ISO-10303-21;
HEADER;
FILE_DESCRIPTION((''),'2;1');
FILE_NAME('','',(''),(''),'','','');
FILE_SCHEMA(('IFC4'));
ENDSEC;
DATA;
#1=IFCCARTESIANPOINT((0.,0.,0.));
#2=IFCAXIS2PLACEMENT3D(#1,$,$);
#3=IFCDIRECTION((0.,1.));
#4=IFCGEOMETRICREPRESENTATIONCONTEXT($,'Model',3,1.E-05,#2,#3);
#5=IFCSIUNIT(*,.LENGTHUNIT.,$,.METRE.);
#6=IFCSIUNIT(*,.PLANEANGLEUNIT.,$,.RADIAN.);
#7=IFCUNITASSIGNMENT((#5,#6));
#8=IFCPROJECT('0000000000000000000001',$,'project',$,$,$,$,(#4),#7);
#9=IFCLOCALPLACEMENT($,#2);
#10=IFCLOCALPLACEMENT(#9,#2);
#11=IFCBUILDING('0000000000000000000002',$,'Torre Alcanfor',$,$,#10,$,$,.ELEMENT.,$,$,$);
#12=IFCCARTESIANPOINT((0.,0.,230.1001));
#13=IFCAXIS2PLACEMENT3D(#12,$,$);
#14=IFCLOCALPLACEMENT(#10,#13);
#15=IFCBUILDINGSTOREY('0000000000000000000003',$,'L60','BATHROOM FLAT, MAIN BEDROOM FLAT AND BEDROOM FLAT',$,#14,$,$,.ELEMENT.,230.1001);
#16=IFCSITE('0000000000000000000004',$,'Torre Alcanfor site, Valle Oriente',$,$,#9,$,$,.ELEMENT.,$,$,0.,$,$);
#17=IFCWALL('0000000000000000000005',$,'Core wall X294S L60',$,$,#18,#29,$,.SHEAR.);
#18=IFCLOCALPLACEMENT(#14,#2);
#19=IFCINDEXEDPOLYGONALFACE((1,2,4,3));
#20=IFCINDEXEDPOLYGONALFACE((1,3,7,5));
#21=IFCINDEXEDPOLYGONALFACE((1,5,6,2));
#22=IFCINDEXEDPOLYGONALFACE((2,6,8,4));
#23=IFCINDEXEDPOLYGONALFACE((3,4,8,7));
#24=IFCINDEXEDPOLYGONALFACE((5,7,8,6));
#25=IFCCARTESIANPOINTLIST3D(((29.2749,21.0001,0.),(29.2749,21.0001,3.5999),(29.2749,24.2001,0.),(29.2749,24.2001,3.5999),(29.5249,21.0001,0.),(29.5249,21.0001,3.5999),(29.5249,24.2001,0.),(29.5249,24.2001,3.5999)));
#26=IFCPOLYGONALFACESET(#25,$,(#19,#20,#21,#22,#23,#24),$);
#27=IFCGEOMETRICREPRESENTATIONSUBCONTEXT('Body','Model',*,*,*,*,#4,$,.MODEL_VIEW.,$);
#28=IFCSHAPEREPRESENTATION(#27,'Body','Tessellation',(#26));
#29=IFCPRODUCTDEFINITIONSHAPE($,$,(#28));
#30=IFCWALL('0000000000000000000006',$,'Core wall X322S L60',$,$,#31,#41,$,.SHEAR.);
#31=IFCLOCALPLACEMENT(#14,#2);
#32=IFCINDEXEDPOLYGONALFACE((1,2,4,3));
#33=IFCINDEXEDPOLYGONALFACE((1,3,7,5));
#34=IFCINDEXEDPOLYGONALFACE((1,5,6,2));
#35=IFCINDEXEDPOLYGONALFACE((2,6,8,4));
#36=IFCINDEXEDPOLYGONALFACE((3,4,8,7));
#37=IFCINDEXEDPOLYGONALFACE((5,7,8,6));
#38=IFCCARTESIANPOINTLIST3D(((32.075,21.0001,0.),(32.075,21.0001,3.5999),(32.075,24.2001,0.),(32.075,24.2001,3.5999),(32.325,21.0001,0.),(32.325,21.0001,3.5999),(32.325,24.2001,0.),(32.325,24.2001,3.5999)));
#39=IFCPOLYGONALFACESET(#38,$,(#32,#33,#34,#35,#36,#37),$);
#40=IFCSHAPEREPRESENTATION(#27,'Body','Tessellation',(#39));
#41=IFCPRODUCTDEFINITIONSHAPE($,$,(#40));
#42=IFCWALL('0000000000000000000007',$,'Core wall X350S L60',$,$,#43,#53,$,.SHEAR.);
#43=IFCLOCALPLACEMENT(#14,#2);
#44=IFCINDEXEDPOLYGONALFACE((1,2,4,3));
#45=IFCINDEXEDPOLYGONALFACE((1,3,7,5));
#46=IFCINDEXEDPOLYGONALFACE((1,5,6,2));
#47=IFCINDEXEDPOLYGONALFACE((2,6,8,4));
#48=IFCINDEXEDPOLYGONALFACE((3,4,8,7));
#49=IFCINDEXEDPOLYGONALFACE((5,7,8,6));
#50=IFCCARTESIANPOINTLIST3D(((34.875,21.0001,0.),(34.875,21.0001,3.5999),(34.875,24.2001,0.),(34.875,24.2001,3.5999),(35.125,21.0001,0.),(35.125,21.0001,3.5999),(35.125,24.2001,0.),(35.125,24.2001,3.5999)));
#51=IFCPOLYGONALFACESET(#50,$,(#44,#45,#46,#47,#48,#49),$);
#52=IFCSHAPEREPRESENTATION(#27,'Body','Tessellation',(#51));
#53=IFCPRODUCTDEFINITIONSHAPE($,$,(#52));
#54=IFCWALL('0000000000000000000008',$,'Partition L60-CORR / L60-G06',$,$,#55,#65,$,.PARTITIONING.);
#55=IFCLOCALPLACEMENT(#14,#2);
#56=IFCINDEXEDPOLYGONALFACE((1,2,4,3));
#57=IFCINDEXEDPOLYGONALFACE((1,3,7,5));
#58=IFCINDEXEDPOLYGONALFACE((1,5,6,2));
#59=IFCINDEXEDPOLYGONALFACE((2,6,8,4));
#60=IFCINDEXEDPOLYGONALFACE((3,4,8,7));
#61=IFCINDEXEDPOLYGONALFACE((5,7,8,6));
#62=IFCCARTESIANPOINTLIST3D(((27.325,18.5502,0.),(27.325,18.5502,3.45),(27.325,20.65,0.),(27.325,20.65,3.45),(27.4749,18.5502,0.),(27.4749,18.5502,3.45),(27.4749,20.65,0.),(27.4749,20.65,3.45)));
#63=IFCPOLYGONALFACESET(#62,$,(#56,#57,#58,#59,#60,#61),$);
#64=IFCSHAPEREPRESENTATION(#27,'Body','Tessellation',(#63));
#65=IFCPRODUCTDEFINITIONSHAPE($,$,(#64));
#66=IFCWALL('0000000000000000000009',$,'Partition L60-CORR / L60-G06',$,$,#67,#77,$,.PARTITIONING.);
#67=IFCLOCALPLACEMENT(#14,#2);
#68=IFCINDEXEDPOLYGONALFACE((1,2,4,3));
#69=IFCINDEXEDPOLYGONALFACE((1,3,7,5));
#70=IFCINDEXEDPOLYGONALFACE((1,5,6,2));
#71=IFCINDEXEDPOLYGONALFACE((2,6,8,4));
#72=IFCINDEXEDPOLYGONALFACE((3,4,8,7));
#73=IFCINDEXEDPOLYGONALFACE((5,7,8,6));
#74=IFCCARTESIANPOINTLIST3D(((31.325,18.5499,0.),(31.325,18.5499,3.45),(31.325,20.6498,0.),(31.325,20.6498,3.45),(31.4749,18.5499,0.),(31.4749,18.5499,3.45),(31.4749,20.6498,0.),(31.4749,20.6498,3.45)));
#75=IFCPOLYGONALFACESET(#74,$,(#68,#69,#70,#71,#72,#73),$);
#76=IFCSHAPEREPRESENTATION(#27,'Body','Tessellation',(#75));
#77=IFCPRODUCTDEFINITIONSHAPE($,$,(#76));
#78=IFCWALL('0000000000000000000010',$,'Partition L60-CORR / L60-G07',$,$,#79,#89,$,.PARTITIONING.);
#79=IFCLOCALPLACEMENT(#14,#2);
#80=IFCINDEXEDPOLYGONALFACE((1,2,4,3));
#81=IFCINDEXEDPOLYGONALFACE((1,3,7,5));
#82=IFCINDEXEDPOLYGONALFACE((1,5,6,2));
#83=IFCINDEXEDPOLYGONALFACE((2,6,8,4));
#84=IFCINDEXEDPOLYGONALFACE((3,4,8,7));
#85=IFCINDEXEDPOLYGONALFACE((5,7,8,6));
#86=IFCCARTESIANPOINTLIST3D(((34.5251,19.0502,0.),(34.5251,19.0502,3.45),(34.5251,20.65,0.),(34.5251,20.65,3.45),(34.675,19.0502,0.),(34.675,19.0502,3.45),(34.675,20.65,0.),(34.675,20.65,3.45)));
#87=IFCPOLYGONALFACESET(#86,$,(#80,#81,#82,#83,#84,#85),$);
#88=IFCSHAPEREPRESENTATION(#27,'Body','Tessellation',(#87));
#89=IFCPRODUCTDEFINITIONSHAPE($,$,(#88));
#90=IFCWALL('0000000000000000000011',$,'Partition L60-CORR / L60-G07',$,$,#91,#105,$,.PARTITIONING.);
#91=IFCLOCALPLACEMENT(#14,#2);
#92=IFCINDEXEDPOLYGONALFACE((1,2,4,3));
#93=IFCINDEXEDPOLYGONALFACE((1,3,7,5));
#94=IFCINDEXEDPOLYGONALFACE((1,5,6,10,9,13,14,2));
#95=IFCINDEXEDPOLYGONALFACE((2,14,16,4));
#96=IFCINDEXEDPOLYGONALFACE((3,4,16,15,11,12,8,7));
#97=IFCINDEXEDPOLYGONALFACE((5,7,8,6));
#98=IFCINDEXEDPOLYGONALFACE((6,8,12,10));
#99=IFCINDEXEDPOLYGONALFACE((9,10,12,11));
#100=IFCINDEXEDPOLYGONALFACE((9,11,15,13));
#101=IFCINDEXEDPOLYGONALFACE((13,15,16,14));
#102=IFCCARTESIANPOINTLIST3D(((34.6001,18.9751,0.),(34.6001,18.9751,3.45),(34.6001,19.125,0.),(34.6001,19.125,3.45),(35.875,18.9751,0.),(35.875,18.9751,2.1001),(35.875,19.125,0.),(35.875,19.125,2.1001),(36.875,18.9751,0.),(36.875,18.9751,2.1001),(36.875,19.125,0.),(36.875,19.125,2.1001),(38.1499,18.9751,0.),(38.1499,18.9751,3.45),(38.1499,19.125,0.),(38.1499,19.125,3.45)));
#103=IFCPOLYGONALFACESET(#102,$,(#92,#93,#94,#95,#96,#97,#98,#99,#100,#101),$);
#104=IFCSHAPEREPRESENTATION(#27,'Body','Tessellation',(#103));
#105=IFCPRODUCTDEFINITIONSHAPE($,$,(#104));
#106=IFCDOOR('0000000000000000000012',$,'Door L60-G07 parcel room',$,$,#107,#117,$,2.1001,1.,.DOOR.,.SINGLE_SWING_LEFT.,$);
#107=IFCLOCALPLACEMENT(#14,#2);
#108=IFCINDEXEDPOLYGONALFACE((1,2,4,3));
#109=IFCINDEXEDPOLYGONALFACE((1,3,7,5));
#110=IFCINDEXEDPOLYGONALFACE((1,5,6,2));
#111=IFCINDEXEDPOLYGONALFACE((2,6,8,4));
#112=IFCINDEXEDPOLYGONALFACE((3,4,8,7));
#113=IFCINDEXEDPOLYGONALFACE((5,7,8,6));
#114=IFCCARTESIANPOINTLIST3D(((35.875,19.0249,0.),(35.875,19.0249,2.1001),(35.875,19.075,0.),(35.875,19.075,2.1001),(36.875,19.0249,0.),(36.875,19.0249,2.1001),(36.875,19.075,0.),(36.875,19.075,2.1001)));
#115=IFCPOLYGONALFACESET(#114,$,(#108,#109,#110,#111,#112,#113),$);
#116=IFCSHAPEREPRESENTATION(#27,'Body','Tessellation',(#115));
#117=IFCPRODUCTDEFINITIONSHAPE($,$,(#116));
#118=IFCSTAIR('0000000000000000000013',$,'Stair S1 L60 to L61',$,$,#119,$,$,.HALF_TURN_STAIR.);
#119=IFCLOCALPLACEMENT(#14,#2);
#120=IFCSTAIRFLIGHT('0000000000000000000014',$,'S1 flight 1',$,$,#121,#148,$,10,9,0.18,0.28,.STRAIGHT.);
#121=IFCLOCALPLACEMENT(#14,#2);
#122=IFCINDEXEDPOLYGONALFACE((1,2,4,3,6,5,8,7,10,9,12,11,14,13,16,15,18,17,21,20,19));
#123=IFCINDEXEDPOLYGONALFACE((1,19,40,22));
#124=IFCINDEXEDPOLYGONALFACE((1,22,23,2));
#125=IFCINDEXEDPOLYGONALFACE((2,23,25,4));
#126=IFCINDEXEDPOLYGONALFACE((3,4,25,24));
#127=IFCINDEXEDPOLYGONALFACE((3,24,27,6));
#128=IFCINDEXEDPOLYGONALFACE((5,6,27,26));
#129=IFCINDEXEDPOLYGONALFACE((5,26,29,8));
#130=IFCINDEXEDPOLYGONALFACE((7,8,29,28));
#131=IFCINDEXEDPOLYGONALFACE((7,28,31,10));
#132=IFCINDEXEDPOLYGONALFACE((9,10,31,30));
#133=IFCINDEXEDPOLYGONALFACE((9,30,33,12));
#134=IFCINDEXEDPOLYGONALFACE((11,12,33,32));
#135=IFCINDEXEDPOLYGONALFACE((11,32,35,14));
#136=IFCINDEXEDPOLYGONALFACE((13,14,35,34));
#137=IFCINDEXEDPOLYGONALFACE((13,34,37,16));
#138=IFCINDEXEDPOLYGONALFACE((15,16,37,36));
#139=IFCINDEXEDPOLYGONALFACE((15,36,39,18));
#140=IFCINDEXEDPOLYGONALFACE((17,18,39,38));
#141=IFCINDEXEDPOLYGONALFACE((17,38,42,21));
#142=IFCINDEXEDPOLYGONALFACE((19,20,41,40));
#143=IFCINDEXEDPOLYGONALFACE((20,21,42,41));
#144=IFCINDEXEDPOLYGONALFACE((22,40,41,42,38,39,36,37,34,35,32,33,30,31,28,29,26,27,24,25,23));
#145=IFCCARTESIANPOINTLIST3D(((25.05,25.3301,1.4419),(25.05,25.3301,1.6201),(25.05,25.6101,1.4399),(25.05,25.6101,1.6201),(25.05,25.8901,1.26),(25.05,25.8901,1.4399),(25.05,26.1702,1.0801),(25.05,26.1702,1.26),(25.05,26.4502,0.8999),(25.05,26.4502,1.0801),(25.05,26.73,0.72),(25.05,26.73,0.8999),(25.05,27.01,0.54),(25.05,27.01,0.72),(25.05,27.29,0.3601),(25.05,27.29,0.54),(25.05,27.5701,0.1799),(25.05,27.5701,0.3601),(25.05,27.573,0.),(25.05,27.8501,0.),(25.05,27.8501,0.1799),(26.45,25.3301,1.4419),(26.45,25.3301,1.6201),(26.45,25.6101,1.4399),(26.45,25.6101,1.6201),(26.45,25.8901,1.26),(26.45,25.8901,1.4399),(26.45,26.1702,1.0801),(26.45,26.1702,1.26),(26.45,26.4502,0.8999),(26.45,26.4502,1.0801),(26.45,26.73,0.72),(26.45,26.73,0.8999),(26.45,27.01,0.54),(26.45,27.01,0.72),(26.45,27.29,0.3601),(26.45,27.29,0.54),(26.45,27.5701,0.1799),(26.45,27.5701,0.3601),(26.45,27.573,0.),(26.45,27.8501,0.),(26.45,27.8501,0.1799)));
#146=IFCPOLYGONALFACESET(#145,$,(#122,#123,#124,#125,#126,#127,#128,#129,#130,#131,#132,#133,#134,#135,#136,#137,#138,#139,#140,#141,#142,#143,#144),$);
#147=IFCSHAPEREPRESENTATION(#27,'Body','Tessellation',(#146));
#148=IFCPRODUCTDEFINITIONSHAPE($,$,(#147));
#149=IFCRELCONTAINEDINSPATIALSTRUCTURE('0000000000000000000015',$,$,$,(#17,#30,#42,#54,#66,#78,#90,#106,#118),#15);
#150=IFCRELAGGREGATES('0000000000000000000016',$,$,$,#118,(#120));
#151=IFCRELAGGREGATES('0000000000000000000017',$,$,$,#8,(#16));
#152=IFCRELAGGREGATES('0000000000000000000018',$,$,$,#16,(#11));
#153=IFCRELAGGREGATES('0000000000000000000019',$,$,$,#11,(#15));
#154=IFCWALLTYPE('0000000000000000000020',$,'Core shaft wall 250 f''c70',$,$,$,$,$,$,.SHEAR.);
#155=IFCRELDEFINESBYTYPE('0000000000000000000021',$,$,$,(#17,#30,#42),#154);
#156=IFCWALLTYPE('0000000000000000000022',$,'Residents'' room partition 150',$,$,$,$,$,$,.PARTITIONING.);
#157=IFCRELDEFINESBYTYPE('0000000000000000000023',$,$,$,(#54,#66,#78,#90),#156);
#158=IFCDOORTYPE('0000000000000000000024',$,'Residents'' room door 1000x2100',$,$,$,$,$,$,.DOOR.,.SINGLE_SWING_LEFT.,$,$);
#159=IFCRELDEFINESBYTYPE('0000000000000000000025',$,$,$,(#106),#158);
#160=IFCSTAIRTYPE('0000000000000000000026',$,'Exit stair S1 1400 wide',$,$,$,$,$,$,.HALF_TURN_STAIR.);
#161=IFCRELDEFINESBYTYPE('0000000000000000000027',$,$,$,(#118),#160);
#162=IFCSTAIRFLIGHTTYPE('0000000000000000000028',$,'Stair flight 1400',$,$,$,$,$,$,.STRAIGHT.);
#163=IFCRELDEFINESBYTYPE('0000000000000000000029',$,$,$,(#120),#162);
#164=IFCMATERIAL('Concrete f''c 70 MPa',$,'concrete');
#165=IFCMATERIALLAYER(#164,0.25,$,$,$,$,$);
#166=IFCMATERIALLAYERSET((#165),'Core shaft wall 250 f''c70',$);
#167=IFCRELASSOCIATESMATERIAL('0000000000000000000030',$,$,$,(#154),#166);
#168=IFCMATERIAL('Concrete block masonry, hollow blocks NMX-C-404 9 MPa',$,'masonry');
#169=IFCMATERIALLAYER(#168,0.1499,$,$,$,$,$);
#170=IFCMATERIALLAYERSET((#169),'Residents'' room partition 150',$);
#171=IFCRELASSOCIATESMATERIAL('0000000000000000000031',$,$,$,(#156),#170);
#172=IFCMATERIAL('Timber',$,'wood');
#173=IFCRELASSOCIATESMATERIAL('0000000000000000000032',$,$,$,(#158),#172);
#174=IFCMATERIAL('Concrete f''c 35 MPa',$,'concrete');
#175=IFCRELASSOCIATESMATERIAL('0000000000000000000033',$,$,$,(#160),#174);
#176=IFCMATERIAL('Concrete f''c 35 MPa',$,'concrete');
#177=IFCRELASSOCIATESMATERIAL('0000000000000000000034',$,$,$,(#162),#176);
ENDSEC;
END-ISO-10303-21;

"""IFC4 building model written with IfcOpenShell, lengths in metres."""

from ifc_helpers import new_model, si_unit, direction, frame, frame_2d, origin, place, context, subcontext, project, spatial, polyline, rectangle, outline, extrude, material, layer, layer_set, type_object, element, fill, aggregate, save


model = new_model("IFC4")

# Units and contexts
model_context = context("Model", 3, precision=1e-05, world=origin(), true_north=direction((0.0, 1.0)))
body_context = subcontext(model_context, "Body", "Model", "MODEL_VIEW")
ifc_project = project(units=[si_unit("LENGTHUNIT", "METRE"), si_unit("PLANEANGLEUNIT", "RADIAN")], contexts=[model_context])

# Site, building, storey
site_placement = place(None, origin())
site = spatial("IfcSite", under=ifc_project, at=site_placement, Name="Torre Alcanfor site, Valle Oriente", CompositionType="ELEMENT", RefElevation=0.0)
building_placement = place(site_placement, origin())
building = spatial("IfcBuilding", under=site, at=building_placement, Name="Torre Alcanfor", CompositionType="ELEMENT")
storey_placement = place(building_placement, frame((0.0, 0.0, 230.1001)))
storey = spatial("IfcBuildingStorey", under=building, at=storey_placement, Name="L60", Description="BATHROOM FLAT, MAIN BEDROOM FLAT AND BEDROOM FLAT", CompositionType="ELEMENT", Elevation=230.1001)

# Walls
ifc_material_1 = material(Name="Concrete f'c 70 MPa", Category="concrete")
ifc_layer_1 = layer(ifc_material_1, 0.25)
ifc_layer_set_1 = layer_set([ifc_layer_1], Name="Core shaft wall 250 f'c70")
wall_type_1 = type_object("IfcWallType", Name="Core shaft wall 250 f'c70", PredefinedType="SHEAR", material=ifc_layer_set_1)
for number, where, z_axis, x_axis, name in (
    (1, (29.3999, 21.0, 0.0), (0.0, 0.0, 1.0), (0.0, 1.0, 0.0), "Core wall X294S L60"),
    (2, (32.2, 21.0, 0.0), (0.0, 0.0, 1.0), (0.0, 1.0, 0.0), "Core wall X322S L60"),
    (3, (35.0, 21.0, 0.0), (0.0, 0.0, 1.0), (0.0, 1.0, 0.0), "Core wall X350S L60"),
):
    element("IfcWall", number, at=place(storey_placement, frame(where, z_axis=z_axis, x_axis=x_axis)), inside=storey, type_object=wall_type_1, Name=name, PredefinedType="SHEAR", context=body_context, shape_type="SweptSolid", body=[
        extrude(rectangle(XDim=3.2, YDim=0.25, at=frame_2d((1.6001, 0.0))), origin(), (0.0, 0.0, 1.0), 3.5999),
    ])
ifc_material_2 = material(Name="Concrete block masonry, hollow blocks NMX-C-404 9 MPa", Category="masonry")
ifc_layer_2 = layer(ifc_material_2, 0.1499)
ifc_layer_set_2 = layer_set([ifc_layer_2], Name="Residents' room partition 150")
wall_type_2 = type_object("IfcWallType", Name="Residents' room partition 150", PredefinedType="PARTITIONING", material=ifc_layer_set_2)
for number, where, z_axis, x_axis, name in (
    (4, (27.3999, 20.6499, 0.0), (0.0, 0.0, 1.0), (0.0, -1.0, 0.0), "Partition L60-CORR / L60-G06"),
    (5, (31.3999, 18.55, 0.0), (0.0, 0.0, 1.0), (0.0, 1.0, 0.0), "Partition L60-CORR / L60-G06"),
):
    element("IfcWall", number, at=place(storey_placement, frame(where, z_axis=z_axis, x_axis=x_axis)), inside=storey, type_object=wall_type_2, Name=name, PredefinedType="PARTITIONING", context=body_context, shape_type="SweptSolid", body=[
        extrude(rectangle(XDim=2.0999, YDim=0.1499, at=frame_2d((1.0498, 0.0))), origin(), (0.0, 0.0, 1.0), 3.45),
    ])
wall_1_placement = place(storey_placement, frame((34.6001, 20.6499, 0.0), z_axis=(0.0, 0.0, 1.0), x_axis=(0.0, -1.0, 0.0)))
element("IfcWall", 6, at=wall_1_placement, inside=storey, type_object=wall_type_2, Name="Partition L60-CORR / L60-G07", PredefinedType="PARTITIONING", context=body_context, shape_type="SweptSolid", body=[
    extrude(rectangle(XDim=1.5999, YDim=0.1499, at=frame_2d((0.7998, 0.0))), origin(), (0.0, 0.0, 1.0), 3.45),
])

# Wall, opening, door
wall_2_placement = place(storey_placement, frame((34.6001, 19.05, 0.0), z_axis=(0.0, 0.0, 1.0), x_axis=(1.0, 0.0, 0.0)))
wall_2 = element("IfcWall", 7, at=wall_2_placement, inside=storey, type_object=wall_type_2, Name="Partition L60-CORR / L60-G07", PredefinedType="PARTITIONING", context=body_context, shape_type="SweptSolid", body=[
    extrude(rectangle(XDim=3.5498, YDim=0.1499, at=frame_2d((1.7749, 0.0))), origin(), (0.0, 0.0, 1.0), 3.45),
])
opening_1_placement = place(wall_2_placement, frame((1.2749, 0.0, 0.0)))
opening_1 = element("IfcOpeningElement", 8, at=opening_1_placement, cuts=wall_2, PredefinedType="OPENING", context=body_context, shape_type="SweptSolid", body=[
    extrude(rectangle(XDim=1.0, YDim=2.1001, at=frame_2d((0.5, 1.05))), frame((0.0, 0.085, 0.0), z_axis=(0.0, -1.0, 0.0), x_axis=(1.0, 0.0, 0.0)), (0.0, 0.0, 1.0), 0.1699),
])
ifc_material_3 = material(Name="Timber", Category="wood")
door_type_1 = type_object("IfcDoorType", Name="Residents' room door 1000x2100", OperationType="SINGLE_SWING_LEFT", PredefinedType="DOOR", material=ifc_material_3)
door_1_placement = place(opening_1_placement, origin())
door_1 = element("IfcDoor", 9, at=door_1_placement, inside=storey, type_object=door_type_1, Name="Door L60-G07 parcel room", OperationType="SINGLE_SWING_LEFT", OverallHeight=2.1001, OverallWidth=1.0, PredefinedType="DOOR", context=body_context, shape_type="SweptSolid", body=[
    extrude(rectangle(XDim=1.0, YDim=2.1001, at=frame_2d((0.5, 1.05))), frame((0.0, 0.0249, 0.0), z_axis=(0.0, -1.0, 0.0), x_axis=(1.0, 0.0, 0.0)), (0.0, 0.0, 1.0), 0.05),
])
fill(opening_1, door_1)

# Stair, stair flight
ifc_material_4 = material(Name="Concrete f'c 35 MPa", Category="concrete")
stair_type = type_object("IfcStairType", Name="Exit stair S1 1400 wide", PredefinedType="HALF_TURN_STAIR", material=ifc_material_4)
stair_placement = place(storey_placement, origin())
stair = element("IfcStair", 10, at=stair_placement, inside=storey, type_object=stair_type, Name="Stair S1 L60 to L61", PredefinedType="HALF_TURN_STAIR")
ifc_material_5 = material(Name="Concrete f'c 35 MPa", Category="concrete")
stair_flight_type = type_object("IfcStairFlightType", Name="Stair flight 1400", PredefinedType="STRAIGHT", material=ifc_material_5)
stair_flight_placement = place(storey_placement, frame((25.75, 27.8501, 0.0), z_axis=(0.0, 0.0, 1.0), x_axis=(0.0, -1.0, 0.0)))
stair_flight = element("IfcStairFlight", 11, at=stair_flight_placement, type_object=stair_flight_type, Name="S1 flight 1", NumberOfRisers=10, NumberOfTreads=9, PredefinedType="STRAIGHT", RiserHeight=0.18, TreadLength=0.28, context=body_context, shape_type="SweptSolid", body=[
    extrude(outline(polyline([(0.0, 0.0), (0.0, 0.1799), (0.28, 0.1799), (0.28, 0.3601), (0.5601, 0.3601), (0.5601, 0.54), (0.8401, 0.54), (0.8401, 0.72), (1.1201, 0.72), (1.1201, 0.8999), (1.3999, 0.8999), (1.3999, 1.0801), (1.6799, 1.0801), (1.6799, 1.26), (1.96, 1.26), (1.96, 1.4399), (2.24, 1.4399), (2.24, 1.6201), (2.52, 1.6201), (2.52, 1.8), (2.52, 1.4419), (0.2771, 0.0), (0.0, 0.0)])), frame((0.0, 0.7, 0.0), z_axis=(0.0, -1.0, 0.0), x_axis=(1.0, 0.0, 0.0)), (0.0, 0.0, 1.0), 1.3999),
])
aggregate(stair, [stair_flight])

save(model, "model.ifc")
